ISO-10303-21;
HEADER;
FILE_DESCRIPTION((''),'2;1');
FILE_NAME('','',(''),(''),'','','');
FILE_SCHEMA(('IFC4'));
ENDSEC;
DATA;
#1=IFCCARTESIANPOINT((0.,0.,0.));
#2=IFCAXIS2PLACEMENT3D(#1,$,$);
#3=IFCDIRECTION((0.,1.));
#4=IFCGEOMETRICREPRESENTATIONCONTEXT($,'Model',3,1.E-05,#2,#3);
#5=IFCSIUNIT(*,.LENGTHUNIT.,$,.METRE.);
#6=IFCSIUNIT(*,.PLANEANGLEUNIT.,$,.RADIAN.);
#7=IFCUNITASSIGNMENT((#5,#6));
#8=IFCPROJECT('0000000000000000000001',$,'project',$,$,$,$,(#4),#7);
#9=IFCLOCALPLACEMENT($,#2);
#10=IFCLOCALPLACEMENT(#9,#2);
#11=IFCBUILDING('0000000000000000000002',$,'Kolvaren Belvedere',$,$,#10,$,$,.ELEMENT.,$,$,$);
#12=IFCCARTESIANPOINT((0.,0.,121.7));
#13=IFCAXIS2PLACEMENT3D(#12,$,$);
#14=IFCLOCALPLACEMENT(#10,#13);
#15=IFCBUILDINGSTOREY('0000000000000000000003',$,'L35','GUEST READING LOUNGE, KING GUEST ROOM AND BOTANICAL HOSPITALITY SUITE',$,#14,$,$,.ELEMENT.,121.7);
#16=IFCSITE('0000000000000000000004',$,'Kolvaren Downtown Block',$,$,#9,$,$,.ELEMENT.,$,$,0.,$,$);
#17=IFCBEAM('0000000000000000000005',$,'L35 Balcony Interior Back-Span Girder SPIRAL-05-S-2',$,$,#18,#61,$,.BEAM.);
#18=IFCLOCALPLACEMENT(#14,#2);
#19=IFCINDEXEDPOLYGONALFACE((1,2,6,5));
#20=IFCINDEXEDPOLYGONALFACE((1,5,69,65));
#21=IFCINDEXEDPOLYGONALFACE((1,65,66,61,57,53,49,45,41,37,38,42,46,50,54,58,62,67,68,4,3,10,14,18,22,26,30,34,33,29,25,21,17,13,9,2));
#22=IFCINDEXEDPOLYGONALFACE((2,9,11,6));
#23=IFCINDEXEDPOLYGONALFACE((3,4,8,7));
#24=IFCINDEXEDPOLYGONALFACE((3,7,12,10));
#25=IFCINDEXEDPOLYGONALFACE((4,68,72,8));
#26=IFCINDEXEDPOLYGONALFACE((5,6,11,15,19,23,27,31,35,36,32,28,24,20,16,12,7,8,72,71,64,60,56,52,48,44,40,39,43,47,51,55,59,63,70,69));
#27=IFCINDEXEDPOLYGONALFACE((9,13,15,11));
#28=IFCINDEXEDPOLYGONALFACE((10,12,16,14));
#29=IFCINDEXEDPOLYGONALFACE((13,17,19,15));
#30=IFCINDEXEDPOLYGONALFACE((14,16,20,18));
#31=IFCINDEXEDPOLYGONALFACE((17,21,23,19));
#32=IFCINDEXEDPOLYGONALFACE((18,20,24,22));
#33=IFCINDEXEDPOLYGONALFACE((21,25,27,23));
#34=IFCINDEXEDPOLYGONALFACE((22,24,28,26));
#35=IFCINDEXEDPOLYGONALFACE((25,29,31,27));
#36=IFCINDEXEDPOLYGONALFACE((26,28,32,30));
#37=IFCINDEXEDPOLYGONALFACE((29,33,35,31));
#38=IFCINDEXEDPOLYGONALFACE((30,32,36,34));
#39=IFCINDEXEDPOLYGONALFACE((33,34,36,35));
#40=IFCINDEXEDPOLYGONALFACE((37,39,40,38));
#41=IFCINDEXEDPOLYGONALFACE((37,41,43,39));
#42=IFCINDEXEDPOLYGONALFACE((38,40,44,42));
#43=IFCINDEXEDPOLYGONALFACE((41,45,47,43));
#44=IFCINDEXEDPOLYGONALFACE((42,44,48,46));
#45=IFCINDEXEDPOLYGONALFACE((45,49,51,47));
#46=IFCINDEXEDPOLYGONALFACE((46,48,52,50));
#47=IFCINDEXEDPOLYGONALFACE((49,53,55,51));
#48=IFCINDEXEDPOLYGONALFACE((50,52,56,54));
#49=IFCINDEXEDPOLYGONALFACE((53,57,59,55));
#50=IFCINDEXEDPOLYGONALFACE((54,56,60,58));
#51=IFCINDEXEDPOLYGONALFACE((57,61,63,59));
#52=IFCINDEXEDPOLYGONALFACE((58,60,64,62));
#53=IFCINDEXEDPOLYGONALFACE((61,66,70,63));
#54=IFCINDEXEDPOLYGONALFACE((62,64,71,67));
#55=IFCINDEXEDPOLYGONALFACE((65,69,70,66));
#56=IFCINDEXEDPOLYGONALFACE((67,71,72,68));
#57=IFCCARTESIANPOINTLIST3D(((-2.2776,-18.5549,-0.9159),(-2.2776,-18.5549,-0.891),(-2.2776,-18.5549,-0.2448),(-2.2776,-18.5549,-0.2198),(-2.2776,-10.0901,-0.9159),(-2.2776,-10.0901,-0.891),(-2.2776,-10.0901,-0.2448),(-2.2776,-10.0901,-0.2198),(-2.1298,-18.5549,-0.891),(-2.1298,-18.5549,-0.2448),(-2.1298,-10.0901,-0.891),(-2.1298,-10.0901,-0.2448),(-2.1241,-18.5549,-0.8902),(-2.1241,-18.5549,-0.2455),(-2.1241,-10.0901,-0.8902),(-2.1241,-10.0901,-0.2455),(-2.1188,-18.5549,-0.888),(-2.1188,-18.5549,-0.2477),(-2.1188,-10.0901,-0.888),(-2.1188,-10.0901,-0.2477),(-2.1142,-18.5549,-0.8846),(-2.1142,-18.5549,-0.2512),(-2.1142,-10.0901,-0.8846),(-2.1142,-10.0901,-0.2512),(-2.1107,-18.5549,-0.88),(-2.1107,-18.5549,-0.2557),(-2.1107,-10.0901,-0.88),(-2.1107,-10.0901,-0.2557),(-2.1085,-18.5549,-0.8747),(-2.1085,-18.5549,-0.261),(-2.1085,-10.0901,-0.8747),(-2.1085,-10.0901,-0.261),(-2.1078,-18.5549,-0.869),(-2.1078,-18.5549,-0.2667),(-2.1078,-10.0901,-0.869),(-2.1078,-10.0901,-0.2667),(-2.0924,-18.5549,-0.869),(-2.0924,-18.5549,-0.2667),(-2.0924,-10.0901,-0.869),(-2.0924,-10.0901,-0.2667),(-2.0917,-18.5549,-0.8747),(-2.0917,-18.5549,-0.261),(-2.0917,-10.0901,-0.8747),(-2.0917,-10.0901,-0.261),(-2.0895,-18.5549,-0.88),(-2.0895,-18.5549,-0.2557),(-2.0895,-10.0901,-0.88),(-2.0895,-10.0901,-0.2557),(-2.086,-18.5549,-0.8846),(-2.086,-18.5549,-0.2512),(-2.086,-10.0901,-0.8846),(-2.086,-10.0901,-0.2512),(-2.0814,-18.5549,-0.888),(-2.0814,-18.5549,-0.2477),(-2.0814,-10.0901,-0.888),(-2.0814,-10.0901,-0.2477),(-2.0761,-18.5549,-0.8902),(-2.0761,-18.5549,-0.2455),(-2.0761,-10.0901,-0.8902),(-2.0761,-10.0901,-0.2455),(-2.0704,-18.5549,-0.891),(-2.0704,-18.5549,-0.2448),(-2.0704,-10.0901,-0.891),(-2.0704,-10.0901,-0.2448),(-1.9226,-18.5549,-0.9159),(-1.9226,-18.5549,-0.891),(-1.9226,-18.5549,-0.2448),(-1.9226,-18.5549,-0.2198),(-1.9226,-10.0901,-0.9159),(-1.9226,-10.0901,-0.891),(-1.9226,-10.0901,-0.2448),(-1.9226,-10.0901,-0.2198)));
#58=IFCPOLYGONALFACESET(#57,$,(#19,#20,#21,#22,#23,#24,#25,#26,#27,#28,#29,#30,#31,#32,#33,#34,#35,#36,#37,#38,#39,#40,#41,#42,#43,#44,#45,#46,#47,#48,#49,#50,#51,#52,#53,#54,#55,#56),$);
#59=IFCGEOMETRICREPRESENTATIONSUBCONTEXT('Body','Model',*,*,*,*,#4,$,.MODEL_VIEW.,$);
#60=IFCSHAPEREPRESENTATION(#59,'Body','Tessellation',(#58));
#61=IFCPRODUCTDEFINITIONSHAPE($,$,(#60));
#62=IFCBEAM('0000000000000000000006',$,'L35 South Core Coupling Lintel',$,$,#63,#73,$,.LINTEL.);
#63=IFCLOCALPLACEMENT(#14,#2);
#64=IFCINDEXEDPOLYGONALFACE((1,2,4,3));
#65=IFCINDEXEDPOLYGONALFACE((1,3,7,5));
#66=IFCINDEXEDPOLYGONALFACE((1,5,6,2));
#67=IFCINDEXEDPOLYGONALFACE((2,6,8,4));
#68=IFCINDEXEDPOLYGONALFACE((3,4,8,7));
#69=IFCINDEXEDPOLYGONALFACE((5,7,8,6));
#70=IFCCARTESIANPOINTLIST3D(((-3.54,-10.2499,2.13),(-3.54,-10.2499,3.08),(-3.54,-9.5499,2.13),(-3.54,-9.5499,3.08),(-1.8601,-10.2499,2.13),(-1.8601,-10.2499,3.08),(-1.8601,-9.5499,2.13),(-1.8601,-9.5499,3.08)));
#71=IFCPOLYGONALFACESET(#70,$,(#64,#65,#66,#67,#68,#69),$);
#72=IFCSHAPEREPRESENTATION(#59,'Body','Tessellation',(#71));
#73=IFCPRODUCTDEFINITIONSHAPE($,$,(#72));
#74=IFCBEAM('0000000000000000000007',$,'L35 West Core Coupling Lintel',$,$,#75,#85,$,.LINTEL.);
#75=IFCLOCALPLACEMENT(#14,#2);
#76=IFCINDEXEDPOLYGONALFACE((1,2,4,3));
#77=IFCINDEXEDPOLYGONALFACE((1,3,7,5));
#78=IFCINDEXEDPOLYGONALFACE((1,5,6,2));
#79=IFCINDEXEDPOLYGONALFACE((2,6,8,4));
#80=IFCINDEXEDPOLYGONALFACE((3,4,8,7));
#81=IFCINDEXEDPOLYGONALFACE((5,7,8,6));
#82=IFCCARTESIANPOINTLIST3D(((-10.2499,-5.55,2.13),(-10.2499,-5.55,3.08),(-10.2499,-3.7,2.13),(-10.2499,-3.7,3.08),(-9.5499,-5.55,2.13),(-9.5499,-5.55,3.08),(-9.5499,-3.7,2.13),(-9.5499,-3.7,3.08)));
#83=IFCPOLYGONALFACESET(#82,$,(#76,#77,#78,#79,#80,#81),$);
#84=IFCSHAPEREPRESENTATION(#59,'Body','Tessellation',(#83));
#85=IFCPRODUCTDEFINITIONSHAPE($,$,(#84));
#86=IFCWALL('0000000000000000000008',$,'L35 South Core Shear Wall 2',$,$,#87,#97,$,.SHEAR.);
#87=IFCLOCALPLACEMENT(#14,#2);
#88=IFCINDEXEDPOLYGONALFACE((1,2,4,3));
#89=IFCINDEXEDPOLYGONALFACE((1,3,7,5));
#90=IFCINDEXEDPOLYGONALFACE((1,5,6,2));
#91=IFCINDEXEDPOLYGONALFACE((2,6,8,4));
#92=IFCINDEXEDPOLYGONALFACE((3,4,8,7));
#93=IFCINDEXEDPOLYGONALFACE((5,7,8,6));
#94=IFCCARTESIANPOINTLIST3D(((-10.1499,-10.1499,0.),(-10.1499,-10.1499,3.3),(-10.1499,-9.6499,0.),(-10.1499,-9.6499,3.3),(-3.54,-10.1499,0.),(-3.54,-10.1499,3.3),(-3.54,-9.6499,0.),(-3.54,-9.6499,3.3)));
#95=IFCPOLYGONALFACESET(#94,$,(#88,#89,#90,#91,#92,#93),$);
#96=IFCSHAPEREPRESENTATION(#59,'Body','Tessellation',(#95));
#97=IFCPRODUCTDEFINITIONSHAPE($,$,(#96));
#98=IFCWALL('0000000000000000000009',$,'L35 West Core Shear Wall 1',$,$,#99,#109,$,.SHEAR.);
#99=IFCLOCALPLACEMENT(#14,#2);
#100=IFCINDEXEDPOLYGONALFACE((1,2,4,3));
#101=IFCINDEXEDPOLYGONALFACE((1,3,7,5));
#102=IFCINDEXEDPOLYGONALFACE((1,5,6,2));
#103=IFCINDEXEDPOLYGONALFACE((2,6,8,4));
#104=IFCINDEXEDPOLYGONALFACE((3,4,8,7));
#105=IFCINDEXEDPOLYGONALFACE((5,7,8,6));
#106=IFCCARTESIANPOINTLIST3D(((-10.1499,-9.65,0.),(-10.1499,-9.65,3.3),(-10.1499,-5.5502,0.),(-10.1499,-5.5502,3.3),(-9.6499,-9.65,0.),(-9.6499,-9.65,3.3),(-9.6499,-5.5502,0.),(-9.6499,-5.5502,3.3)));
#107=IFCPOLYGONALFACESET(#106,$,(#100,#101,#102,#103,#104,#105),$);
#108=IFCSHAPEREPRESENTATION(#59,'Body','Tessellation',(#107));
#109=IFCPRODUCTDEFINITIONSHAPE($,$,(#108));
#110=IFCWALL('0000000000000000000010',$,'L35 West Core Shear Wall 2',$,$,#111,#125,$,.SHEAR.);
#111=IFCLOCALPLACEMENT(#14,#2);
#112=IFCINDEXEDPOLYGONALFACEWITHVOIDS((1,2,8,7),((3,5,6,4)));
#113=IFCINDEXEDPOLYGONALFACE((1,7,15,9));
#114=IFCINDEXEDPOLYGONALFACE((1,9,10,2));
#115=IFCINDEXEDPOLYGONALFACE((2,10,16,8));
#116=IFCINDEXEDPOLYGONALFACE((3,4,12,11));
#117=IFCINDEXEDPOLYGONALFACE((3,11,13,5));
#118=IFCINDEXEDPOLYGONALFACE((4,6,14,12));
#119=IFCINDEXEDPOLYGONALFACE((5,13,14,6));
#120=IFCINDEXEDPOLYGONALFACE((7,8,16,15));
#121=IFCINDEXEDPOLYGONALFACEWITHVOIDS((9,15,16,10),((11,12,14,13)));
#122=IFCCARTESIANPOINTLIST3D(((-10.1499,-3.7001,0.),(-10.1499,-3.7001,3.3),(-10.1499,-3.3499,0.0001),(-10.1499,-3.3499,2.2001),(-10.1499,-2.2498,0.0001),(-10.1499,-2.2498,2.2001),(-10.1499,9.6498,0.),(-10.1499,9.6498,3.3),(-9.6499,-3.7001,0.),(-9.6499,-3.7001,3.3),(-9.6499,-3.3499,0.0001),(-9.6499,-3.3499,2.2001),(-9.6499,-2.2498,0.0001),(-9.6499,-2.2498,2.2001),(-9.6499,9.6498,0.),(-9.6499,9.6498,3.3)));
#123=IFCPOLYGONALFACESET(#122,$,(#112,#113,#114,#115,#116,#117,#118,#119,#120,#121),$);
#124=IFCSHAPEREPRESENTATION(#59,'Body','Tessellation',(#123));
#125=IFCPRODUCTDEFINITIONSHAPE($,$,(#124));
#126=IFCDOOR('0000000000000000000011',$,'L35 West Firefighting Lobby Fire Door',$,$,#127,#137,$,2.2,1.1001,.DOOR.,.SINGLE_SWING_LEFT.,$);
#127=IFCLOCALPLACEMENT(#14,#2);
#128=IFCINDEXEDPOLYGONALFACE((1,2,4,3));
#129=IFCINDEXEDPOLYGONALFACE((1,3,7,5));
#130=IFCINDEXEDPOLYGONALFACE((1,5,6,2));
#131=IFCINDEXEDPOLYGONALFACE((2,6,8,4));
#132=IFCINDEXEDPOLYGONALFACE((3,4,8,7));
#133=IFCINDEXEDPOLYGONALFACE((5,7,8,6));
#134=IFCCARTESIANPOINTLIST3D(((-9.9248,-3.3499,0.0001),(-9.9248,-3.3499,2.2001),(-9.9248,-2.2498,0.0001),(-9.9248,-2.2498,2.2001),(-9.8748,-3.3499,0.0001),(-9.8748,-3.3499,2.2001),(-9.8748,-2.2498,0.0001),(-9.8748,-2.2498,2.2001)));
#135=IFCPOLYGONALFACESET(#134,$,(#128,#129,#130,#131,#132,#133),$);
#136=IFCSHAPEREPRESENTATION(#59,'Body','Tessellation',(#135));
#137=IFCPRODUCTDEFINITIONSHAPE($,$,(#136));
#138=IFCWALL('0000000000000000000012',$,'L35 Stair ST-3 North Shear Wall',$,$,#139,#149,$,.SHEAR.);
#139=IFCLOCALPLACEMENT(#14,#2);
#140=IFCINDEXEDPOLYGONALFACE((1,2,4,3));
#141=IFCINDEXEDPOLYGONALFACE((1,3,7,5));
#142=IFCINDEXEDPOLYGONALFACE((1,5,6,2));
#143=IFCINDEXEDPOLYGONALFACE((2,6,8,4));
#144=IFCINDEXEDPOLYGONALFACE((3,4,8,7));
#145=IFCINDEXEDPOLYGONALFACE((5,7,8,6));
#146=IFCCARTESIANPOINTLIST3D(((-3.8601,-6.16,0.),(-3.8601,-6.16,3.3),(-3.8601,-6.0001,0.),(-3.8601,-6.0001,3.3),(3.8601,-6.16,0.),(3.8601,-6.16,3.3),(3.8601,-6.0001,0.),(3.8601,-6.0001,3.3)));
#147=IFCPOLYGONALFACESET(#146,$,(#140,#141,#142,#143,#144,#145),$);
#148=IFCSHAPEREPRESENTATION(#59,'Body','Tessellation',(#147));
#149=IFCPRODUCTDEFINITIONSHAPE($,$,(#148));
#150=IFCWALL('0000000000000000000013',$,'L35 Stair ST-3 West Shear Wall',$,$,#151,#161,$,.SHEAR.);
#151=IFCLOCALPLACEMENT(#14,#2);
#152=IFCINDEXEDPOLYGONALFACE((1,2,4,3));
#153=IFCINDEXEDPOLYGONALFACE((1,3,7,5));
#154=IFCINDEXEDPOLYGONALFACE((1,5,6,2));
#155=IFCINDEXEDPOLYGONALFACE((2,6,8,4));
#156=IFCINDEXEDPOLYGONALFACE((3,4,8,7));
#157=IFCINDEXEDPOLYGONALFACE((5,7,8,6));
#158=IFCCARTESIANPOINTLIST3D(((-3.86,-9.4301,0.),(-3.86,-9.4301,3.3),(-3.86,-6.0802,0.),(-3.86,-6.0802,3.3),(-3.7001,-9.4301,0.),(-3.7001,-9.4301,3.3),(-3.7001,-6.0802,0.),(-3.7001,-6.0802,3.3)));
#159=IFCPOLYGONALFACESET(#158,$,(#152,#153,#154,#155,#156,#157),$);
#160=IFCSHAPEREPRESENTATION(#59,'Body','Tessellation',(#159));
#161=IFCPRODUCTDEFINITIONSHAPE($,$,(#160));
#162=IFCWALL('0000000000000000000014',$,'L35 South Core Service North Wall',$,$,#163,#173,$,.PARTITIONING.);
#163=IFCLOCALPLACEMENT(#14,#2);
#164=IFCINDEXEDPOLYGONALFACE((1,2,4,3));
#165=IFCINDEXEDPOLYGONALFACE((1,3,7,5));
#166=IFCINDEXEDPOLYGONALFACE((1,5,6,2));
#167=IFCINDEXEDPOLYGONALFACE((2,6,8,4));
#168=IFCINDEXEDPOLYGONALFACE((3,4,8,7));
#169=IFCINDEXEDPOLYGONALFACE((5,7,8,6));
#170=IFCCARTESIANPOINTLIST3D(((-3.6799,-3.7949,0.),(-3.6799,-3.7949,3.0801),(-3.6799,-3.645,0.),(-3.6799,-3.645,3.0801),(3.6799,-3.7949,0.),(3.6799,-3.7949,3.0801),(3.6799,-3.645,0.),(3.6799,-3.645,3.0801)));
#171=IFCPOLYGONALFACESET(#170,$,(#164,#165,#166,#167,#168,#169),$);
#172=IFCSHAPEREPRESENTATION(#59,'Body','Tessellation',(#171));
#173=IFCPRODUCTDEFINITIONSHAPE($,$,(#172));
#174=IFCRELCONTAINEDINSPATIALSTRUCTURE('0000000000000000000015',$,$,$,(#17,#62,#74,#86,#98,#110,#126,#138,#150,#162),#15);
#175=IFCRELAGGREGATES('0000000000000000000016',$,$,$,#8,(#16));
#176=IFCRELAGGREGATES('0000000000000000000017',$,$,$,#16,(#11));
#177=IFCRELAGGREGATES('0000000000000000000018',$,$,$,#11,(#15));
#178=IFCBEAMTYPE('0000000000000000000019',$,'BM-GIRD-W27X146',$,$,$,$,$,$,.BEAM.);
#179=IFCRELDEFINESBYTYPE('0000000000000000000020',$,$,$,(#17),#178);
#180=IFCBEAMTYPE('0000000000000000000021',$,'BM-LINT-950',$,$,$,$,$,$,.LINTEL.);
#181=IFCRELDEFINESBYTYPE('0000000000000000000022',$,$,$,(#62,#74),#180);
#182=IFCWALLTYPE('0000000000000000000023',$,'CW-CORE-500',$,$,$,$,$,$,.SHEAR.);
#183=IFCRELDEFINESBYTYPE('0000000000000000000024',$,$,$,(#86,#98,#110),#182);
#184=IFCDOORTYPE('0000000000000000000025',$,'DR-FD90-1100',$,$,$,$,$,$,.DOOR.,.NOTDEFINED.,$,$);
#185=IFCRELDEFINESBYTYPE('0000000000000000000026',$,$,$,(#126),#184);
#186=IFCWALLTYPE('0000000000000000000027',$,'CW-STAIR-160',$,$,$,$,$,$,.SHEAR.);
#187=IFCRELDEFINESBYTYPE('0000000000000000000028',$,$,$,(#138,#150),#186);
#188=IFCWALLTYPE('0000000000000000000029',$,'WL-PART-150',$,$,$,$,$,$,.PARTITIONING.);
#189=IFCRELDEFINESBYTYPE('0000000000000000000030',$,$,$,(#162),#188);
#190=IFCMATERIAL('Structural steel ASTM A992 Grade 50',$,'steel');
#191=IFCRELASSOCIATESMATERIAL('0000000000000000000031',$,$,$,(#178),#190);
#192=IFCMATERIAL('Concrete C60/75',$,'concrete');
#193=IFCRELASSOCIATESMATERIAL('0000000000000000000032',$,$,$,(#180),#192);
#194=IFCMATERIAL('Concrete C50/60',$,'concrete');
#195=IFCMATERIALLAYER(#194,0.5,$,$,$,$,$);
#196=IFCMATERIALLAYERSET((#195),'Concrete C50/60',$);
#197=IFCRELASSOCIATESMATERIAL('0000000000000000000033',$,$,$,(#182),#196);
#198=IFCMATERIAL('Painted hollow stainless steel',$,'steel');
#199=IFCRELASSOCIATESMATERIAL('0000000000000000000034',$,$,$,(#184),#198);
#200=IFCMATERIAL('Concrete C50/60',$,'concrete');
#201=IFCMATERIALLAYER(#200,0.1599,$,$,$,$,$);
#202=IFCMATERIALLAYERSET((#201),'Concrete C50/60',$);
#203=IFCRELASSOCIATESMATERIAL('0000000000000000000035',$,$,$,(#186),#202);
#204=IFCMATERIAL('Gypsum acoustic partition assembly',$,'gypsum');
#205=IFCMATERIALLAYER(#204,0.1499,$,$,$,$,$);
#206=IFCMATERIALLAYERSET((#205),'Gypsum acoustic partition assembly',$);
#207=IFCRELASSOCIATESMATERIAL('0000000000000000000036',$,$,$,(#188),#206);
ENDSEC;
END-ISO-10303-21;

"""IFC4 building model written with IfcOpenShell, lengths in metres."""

from ifc_helpers import new_model, si_unit, direction, frame, frame_2d, origin, origin_2d, place, context, subcontext, project, spatial, rectangle, i_section, extrude, material, layer, layer_set, material_profile, profile_set, type_object, element, fill, save


model = new_model("IFC4")

# Units and contexts
model_context = context("Model", 3, precision=1e-05, world=origin(), true_north=direction((0.0, 1.0)))
body_context = subcontext(model_context, "Body", "Model", "MODEL_VIEW")
ifc_project = project(units=[si_unit("LENGTHUNIT", "METRE"), si_unit("PLANEANGLEUNIT", "RADIAN")], contexts=[model_context])

# Site, building, storey
site_placement = place(None, origin())
site = spatial("IfcSite", under=ifc_project, at=site_placement, Name="Kolvaren Downtown Block", CompositionType="ELEMENT", RefElevation=0.0)
building_placement = place(site_placement, origin())
building = spatial("IfcBuilding", under=site, at=building_placement, Name="Kolvaren Belvedere", CompositionType="ELEMENT")
storey_placement = place(building_placement, frame((0.0, 0.0, 121.7)))
storey = spatial("IfcBuildingStorey", under=building, at=storey_placement, Name="L35", Description="GUEST READING LOUNGE, KING GUEST ROOM AND BOTANICAL HOSPITALITY SUITE", CompositionType="ELEMENT", Elevation=121.7)

# Beams
ifc_material_1 = material(Name="Structural steel ASTM A992 Grade 50", Category="steel")
ifc_material_profile_1 = material_profile(ifc_material_1, i_section(OverallWidth=0.355, OverallDepth=0.696, WebThickness=0.0154, FlangeThickness=0.0249, FilletRadius=0.022, at=origin_2d()), Name="W27X146")
ifc_profile_set_1 = profile_set([ifc_material_profile_1], Name="Structural steel ASTM A992 Grade 50")
beam_type_1 = type_object("IfcBeamType", Name="BM-GIRD-W27X146", PredefinedType="BEAM", material=ifc_profile_set_1)
for number, where, z_axis, x_axis, name in (
    (1, (-2.1001, -10.0901, -0.5679), (0.0, -1.0, 0.0), (1.0, 0.0, 0.0), "L35 Balcony Interior Back-Span Girder SPIRAL-05-S-2"),
):
    element("IfcBeam", number, at=place(storey_placement, frame(where, z_axis=z_axis, x_axis=x_axis)), inside=storey, type_object=beam_type_1, Name=name, PredefinedType="BEAM", context=body_context, shape_type="SweptSolid", body=[
        extrude(i_section(OverallWidth=0.355, OverallDepth=0.696, WebThickness=0.0154, FlangeThickness=0.0249, FilletRadius=0.022, at=origin_2d()), origin(), (0.0, 0.0, 1.0), 8.4648),
    ])
ifc_material_2 = material(Name="Concrete C60/75", Category="concrete")
ifc_material_profile_2 = material_profile(ifc_material_2, rectangle(XDim=0.7, YDim=0.95, at=origin_2d()), Name="RC 700X950")
ifc_profile_set_2 = profile_set([ifc_material_profile_2], Name="Concrete C60/75")
beam_type_2 = type_object("IfcBeamType", Name="BM-LINT-950", PredefinedType="LINTEL", material=ifc_profile_set_2)
beam_1_placement = place(storey_placement, frame((-3.54, -9.8999, 2.605), z_axis=(1.0, 0.0, 0.0), x_axis=(0.0, 1.0, 0.0)))
element("IfcBeam", 2, at=beam_1_placement, inside=storey, type_object=beam_type_2, Name="L35 South Core Coupling Lintel", PredefinedType="LINTEL", context=body_context, shape_type="SweptSolid", body=[
    extrude(rectangle(XDim=0.7, YDim=0.95, at=origin_2d()), origin(), (0.0, 0.0, 1.0), 1.6799),
])
beam_2_placement = place(storey_placement, frame((-9.8999, -5.55, 2.605), z_axis=(0.0, 1.0, 0.0), x_axis=(-1.0, 0.0, 0.0)))
element("IfcBeam", 3, at=beam_2_placement, inside=storey, type_object=beam_type_2, Name="L35 West Core Coupling Lintel", PredefinedType="LINTEL", context=body_context, shape_type="SweptSolid", body=[
    extrude(rectangle(XDim=0.7, YDim=0.95, at=origin_2d()), origin(), (0.0, 0.0, 1.0), 1.8501),
])

# Walls
ifc_material_3 = material(Name="Concrete C50/60", Category="concrete")
ifc_layer_1 = layer(ifc_material_3, 0.5)
ifc_layer_set_1 = layer_set([ifc_layer_1], Name="Concrete C50/60")
wall_type_1 = type_object("IfcWallType", Name="CW-CORE-500", PredefinedType="SHEAR", material=ifc_layer_set_1)
wall_1_placement = place(storey_placement, frame((-3.54, -9.8999, 0.0), z_axis=(0.0, 0.0, 1.0), x_axis=(-1.0, 0.0, 0.0)))
element("IfcWall", 4, at=wall_1_placement, inside=storey, type_object=wall_type_1, Name="L35 South Core Shear Wall 2", PredefinedType="SHEAR", context=body_context, shape_type="SweptSolid", body=[
    extrude(rectangle(XDim=6.6099, YDim=0.5, at=frame_2d((3.3049, 0.0))), origin(), (0.0, 0.0, 1.0), 3.3),
])
wall_2_placement = place(storey_placement, frame((-9.8999, -9.6499, 0.0), z_axis=(0.0, 0.0, 1.0), x_axis=(0.0, 1.0, 0.0)))
element("IfcWall", 5, at=wall_2_placement, inside=storey, type_object=wall_type_1, Name="L35 West Core Shear Wall 1", PredefinedType="SHEAR", context=body_context, shape_type="SweptSolid", body=[
    extrude(rectangle(XDim=4.0999, YDim=0.5, at=frame_2d((2.0498, 0.0))), origin(), (0.0, 0.0, 1.0), 3.3),
])

# Wall, opening, door
wall_3_placement = place(storey_placement, frame((-9.8999, -3.7, 0.0), z_axis=(0.0, 0.0, 1.0), x_axis=(0.0, 1.0, 0.0)))
wall_3 = element("IfcWall", 6, at=wall_3_placement, inside=storey, type_object=wall_type_1, Name="L35 West Core Shear Wall 2", PredefinedType="SHEAR", context=body_context, shape_type="SweptSolid", body=[
    extrude(rectangle(XDim=13.3499, YDim=0.5, at=frame_2d((6.6748, 0.0))), origin(), (0.0, 0.0, 1.0), 3.3),
])
opening_1_placement = place(wall_3_placement, frame((0.3501, 0.0, 0.0)))
opening_1 = element("IfcOpeningElement", 7, at=opening_1_placement, cuts=wall_3, PredefinedType="OPENING", context=body_context, shape_type="SweptSolid", body=[
    extrude(rectangle(XDim=1.1001, YDim=2.2, at=frame_2d((0.55, 1.1001))), frame((0.0, 0.26, 0.0), z_axis=(0.0, -1.0, 0.0), x_axis=(1.0, 0.0, 0.0)), (0.0, 0.0, 1.0), 0.52),
])
ifc_material_4 = material(Name="Painted hollow stainless steel", Category="steel")
door_type_1 = type_object("IfcDoorType", Name="DR-FD90-1100", OperationType="NOTDEFINED", PredefinedType="DOOR", material=ifc_material_4)
door_1_placement = place(opening_1_placement, origin())
door_1 = element("IfcDoor", 8, at=door_1_placement, inside=storey, type_object=door_type_1, Name="L35 West Firefighting Lobby Fire Door", OperationType="SINGLE_SWING_LEFT", OverallHeight=2.2, OverallWidth=1.1001, PredefinedType="DOOR", context=body_context, shape_type="SweptSolid", body=[
    extrude(rectangle(XDim=1.1001, YDim=2.2, at=frame_2d((0.55, 1.1001))), frame((0.0, 0.0249, 0.0), z_axis=(0.0, -1.0, 0.0), x_axis=(1.0, 0.0, 0.0)), (0.0, 0.0, 1.0), 0.05),
])
fill(opening_1, door_1)

# Walls
ifc_material_5 = material(Name="Concrete C50/60", Category="concrete")
ifc_layer_2 = layer(ifc_material_5, 0.1599)
ifc_layer_set_2 = layer_set([ifc_layer_2], Name="Concrete C50/60")
wall_type_2 = type_object("IfcWallType", Name="CW-STAIR-160", PredefinedType="SHEAR", material=ifc_layer_set_2)
wall_4_placement = place(storey_placement, frame((-3.8601, -6.0801, 0.0), z_axis=(0.0, 0.0, 1.0), x_axis=(1.0, 0.0, 0.0)))
element("IfcWall", 9, at=wall_4_placement, inside=storey, type_object=wall_type_2, Name="L35 Stair ST-3 North Shear Wall", PredefinedType="SHEAR", context=body_context, shape_type="SweptSolid", body=[
    extrude(rectangle(XDim=7.7202, YDim=0.1599, at=frame_2d((3.8601, 0.0))), origin(), (0.0, 0.0, 1.0), 3.3),
])
wall_5_placement = place(storey_placement, frame((-3.78, -9.4299, 0.0), z_axis=(0.0, 0.0, 1.0), x_axis=(0.0, 1.0, 0.0)))
element("IfcWall", 10, at=wall_5_placement, inside=storey, type_object=wall_type_2, Name="L35 Stair ST-3 West Shear Wall", PredefinedType="SHEAR", context=body_context, shape_type="SweptSolid", body=[
    extrude(rectangle(XDim=3.3499, YDim=0.1599, at=frame_2d((1.6748, 0.0))), origin(), (0.0, 0.0, 1.0), 3.3),
])
ifc_material_6 = material(Name="Gypsum acoustic partition assembly", Category="gypsum")
ifc_layer_3 = layer(ifc_material_6, 0.1499)
ifc_layer_set_3 = layer_set([ifc_layer_3], Name="Gypsum acoustic partition assembly")
wall_type_3 = type_object("IfcWallType", Name="WL-PART-150", PredefinedType="PARTITIONING", material=ifc_layer_set_3)
wall_6_placement = place(storey_placement, frame((-3.6799, -3.72, 0.0), z_axis=(0.0, 0.0, 1.0), x_axis=(1.0, 0.0, 0.0)))
element("IfcWall", 11, at=wall_6_placement, inside=storey, type_object=wall_type_3, Name="L35 South Core Service North Wall", PredefinedType="PARTITIONING", context=body_context, shape_type="SweptSolid", body=[
    extrude(rectangle(XDim=7.3599, YDim=0.1499, at=frame_2d((3.6799, 0.0))), origin(), (0.0, 0.0, 1.0), 3.0801),
])

save(model, "model.ifc")
